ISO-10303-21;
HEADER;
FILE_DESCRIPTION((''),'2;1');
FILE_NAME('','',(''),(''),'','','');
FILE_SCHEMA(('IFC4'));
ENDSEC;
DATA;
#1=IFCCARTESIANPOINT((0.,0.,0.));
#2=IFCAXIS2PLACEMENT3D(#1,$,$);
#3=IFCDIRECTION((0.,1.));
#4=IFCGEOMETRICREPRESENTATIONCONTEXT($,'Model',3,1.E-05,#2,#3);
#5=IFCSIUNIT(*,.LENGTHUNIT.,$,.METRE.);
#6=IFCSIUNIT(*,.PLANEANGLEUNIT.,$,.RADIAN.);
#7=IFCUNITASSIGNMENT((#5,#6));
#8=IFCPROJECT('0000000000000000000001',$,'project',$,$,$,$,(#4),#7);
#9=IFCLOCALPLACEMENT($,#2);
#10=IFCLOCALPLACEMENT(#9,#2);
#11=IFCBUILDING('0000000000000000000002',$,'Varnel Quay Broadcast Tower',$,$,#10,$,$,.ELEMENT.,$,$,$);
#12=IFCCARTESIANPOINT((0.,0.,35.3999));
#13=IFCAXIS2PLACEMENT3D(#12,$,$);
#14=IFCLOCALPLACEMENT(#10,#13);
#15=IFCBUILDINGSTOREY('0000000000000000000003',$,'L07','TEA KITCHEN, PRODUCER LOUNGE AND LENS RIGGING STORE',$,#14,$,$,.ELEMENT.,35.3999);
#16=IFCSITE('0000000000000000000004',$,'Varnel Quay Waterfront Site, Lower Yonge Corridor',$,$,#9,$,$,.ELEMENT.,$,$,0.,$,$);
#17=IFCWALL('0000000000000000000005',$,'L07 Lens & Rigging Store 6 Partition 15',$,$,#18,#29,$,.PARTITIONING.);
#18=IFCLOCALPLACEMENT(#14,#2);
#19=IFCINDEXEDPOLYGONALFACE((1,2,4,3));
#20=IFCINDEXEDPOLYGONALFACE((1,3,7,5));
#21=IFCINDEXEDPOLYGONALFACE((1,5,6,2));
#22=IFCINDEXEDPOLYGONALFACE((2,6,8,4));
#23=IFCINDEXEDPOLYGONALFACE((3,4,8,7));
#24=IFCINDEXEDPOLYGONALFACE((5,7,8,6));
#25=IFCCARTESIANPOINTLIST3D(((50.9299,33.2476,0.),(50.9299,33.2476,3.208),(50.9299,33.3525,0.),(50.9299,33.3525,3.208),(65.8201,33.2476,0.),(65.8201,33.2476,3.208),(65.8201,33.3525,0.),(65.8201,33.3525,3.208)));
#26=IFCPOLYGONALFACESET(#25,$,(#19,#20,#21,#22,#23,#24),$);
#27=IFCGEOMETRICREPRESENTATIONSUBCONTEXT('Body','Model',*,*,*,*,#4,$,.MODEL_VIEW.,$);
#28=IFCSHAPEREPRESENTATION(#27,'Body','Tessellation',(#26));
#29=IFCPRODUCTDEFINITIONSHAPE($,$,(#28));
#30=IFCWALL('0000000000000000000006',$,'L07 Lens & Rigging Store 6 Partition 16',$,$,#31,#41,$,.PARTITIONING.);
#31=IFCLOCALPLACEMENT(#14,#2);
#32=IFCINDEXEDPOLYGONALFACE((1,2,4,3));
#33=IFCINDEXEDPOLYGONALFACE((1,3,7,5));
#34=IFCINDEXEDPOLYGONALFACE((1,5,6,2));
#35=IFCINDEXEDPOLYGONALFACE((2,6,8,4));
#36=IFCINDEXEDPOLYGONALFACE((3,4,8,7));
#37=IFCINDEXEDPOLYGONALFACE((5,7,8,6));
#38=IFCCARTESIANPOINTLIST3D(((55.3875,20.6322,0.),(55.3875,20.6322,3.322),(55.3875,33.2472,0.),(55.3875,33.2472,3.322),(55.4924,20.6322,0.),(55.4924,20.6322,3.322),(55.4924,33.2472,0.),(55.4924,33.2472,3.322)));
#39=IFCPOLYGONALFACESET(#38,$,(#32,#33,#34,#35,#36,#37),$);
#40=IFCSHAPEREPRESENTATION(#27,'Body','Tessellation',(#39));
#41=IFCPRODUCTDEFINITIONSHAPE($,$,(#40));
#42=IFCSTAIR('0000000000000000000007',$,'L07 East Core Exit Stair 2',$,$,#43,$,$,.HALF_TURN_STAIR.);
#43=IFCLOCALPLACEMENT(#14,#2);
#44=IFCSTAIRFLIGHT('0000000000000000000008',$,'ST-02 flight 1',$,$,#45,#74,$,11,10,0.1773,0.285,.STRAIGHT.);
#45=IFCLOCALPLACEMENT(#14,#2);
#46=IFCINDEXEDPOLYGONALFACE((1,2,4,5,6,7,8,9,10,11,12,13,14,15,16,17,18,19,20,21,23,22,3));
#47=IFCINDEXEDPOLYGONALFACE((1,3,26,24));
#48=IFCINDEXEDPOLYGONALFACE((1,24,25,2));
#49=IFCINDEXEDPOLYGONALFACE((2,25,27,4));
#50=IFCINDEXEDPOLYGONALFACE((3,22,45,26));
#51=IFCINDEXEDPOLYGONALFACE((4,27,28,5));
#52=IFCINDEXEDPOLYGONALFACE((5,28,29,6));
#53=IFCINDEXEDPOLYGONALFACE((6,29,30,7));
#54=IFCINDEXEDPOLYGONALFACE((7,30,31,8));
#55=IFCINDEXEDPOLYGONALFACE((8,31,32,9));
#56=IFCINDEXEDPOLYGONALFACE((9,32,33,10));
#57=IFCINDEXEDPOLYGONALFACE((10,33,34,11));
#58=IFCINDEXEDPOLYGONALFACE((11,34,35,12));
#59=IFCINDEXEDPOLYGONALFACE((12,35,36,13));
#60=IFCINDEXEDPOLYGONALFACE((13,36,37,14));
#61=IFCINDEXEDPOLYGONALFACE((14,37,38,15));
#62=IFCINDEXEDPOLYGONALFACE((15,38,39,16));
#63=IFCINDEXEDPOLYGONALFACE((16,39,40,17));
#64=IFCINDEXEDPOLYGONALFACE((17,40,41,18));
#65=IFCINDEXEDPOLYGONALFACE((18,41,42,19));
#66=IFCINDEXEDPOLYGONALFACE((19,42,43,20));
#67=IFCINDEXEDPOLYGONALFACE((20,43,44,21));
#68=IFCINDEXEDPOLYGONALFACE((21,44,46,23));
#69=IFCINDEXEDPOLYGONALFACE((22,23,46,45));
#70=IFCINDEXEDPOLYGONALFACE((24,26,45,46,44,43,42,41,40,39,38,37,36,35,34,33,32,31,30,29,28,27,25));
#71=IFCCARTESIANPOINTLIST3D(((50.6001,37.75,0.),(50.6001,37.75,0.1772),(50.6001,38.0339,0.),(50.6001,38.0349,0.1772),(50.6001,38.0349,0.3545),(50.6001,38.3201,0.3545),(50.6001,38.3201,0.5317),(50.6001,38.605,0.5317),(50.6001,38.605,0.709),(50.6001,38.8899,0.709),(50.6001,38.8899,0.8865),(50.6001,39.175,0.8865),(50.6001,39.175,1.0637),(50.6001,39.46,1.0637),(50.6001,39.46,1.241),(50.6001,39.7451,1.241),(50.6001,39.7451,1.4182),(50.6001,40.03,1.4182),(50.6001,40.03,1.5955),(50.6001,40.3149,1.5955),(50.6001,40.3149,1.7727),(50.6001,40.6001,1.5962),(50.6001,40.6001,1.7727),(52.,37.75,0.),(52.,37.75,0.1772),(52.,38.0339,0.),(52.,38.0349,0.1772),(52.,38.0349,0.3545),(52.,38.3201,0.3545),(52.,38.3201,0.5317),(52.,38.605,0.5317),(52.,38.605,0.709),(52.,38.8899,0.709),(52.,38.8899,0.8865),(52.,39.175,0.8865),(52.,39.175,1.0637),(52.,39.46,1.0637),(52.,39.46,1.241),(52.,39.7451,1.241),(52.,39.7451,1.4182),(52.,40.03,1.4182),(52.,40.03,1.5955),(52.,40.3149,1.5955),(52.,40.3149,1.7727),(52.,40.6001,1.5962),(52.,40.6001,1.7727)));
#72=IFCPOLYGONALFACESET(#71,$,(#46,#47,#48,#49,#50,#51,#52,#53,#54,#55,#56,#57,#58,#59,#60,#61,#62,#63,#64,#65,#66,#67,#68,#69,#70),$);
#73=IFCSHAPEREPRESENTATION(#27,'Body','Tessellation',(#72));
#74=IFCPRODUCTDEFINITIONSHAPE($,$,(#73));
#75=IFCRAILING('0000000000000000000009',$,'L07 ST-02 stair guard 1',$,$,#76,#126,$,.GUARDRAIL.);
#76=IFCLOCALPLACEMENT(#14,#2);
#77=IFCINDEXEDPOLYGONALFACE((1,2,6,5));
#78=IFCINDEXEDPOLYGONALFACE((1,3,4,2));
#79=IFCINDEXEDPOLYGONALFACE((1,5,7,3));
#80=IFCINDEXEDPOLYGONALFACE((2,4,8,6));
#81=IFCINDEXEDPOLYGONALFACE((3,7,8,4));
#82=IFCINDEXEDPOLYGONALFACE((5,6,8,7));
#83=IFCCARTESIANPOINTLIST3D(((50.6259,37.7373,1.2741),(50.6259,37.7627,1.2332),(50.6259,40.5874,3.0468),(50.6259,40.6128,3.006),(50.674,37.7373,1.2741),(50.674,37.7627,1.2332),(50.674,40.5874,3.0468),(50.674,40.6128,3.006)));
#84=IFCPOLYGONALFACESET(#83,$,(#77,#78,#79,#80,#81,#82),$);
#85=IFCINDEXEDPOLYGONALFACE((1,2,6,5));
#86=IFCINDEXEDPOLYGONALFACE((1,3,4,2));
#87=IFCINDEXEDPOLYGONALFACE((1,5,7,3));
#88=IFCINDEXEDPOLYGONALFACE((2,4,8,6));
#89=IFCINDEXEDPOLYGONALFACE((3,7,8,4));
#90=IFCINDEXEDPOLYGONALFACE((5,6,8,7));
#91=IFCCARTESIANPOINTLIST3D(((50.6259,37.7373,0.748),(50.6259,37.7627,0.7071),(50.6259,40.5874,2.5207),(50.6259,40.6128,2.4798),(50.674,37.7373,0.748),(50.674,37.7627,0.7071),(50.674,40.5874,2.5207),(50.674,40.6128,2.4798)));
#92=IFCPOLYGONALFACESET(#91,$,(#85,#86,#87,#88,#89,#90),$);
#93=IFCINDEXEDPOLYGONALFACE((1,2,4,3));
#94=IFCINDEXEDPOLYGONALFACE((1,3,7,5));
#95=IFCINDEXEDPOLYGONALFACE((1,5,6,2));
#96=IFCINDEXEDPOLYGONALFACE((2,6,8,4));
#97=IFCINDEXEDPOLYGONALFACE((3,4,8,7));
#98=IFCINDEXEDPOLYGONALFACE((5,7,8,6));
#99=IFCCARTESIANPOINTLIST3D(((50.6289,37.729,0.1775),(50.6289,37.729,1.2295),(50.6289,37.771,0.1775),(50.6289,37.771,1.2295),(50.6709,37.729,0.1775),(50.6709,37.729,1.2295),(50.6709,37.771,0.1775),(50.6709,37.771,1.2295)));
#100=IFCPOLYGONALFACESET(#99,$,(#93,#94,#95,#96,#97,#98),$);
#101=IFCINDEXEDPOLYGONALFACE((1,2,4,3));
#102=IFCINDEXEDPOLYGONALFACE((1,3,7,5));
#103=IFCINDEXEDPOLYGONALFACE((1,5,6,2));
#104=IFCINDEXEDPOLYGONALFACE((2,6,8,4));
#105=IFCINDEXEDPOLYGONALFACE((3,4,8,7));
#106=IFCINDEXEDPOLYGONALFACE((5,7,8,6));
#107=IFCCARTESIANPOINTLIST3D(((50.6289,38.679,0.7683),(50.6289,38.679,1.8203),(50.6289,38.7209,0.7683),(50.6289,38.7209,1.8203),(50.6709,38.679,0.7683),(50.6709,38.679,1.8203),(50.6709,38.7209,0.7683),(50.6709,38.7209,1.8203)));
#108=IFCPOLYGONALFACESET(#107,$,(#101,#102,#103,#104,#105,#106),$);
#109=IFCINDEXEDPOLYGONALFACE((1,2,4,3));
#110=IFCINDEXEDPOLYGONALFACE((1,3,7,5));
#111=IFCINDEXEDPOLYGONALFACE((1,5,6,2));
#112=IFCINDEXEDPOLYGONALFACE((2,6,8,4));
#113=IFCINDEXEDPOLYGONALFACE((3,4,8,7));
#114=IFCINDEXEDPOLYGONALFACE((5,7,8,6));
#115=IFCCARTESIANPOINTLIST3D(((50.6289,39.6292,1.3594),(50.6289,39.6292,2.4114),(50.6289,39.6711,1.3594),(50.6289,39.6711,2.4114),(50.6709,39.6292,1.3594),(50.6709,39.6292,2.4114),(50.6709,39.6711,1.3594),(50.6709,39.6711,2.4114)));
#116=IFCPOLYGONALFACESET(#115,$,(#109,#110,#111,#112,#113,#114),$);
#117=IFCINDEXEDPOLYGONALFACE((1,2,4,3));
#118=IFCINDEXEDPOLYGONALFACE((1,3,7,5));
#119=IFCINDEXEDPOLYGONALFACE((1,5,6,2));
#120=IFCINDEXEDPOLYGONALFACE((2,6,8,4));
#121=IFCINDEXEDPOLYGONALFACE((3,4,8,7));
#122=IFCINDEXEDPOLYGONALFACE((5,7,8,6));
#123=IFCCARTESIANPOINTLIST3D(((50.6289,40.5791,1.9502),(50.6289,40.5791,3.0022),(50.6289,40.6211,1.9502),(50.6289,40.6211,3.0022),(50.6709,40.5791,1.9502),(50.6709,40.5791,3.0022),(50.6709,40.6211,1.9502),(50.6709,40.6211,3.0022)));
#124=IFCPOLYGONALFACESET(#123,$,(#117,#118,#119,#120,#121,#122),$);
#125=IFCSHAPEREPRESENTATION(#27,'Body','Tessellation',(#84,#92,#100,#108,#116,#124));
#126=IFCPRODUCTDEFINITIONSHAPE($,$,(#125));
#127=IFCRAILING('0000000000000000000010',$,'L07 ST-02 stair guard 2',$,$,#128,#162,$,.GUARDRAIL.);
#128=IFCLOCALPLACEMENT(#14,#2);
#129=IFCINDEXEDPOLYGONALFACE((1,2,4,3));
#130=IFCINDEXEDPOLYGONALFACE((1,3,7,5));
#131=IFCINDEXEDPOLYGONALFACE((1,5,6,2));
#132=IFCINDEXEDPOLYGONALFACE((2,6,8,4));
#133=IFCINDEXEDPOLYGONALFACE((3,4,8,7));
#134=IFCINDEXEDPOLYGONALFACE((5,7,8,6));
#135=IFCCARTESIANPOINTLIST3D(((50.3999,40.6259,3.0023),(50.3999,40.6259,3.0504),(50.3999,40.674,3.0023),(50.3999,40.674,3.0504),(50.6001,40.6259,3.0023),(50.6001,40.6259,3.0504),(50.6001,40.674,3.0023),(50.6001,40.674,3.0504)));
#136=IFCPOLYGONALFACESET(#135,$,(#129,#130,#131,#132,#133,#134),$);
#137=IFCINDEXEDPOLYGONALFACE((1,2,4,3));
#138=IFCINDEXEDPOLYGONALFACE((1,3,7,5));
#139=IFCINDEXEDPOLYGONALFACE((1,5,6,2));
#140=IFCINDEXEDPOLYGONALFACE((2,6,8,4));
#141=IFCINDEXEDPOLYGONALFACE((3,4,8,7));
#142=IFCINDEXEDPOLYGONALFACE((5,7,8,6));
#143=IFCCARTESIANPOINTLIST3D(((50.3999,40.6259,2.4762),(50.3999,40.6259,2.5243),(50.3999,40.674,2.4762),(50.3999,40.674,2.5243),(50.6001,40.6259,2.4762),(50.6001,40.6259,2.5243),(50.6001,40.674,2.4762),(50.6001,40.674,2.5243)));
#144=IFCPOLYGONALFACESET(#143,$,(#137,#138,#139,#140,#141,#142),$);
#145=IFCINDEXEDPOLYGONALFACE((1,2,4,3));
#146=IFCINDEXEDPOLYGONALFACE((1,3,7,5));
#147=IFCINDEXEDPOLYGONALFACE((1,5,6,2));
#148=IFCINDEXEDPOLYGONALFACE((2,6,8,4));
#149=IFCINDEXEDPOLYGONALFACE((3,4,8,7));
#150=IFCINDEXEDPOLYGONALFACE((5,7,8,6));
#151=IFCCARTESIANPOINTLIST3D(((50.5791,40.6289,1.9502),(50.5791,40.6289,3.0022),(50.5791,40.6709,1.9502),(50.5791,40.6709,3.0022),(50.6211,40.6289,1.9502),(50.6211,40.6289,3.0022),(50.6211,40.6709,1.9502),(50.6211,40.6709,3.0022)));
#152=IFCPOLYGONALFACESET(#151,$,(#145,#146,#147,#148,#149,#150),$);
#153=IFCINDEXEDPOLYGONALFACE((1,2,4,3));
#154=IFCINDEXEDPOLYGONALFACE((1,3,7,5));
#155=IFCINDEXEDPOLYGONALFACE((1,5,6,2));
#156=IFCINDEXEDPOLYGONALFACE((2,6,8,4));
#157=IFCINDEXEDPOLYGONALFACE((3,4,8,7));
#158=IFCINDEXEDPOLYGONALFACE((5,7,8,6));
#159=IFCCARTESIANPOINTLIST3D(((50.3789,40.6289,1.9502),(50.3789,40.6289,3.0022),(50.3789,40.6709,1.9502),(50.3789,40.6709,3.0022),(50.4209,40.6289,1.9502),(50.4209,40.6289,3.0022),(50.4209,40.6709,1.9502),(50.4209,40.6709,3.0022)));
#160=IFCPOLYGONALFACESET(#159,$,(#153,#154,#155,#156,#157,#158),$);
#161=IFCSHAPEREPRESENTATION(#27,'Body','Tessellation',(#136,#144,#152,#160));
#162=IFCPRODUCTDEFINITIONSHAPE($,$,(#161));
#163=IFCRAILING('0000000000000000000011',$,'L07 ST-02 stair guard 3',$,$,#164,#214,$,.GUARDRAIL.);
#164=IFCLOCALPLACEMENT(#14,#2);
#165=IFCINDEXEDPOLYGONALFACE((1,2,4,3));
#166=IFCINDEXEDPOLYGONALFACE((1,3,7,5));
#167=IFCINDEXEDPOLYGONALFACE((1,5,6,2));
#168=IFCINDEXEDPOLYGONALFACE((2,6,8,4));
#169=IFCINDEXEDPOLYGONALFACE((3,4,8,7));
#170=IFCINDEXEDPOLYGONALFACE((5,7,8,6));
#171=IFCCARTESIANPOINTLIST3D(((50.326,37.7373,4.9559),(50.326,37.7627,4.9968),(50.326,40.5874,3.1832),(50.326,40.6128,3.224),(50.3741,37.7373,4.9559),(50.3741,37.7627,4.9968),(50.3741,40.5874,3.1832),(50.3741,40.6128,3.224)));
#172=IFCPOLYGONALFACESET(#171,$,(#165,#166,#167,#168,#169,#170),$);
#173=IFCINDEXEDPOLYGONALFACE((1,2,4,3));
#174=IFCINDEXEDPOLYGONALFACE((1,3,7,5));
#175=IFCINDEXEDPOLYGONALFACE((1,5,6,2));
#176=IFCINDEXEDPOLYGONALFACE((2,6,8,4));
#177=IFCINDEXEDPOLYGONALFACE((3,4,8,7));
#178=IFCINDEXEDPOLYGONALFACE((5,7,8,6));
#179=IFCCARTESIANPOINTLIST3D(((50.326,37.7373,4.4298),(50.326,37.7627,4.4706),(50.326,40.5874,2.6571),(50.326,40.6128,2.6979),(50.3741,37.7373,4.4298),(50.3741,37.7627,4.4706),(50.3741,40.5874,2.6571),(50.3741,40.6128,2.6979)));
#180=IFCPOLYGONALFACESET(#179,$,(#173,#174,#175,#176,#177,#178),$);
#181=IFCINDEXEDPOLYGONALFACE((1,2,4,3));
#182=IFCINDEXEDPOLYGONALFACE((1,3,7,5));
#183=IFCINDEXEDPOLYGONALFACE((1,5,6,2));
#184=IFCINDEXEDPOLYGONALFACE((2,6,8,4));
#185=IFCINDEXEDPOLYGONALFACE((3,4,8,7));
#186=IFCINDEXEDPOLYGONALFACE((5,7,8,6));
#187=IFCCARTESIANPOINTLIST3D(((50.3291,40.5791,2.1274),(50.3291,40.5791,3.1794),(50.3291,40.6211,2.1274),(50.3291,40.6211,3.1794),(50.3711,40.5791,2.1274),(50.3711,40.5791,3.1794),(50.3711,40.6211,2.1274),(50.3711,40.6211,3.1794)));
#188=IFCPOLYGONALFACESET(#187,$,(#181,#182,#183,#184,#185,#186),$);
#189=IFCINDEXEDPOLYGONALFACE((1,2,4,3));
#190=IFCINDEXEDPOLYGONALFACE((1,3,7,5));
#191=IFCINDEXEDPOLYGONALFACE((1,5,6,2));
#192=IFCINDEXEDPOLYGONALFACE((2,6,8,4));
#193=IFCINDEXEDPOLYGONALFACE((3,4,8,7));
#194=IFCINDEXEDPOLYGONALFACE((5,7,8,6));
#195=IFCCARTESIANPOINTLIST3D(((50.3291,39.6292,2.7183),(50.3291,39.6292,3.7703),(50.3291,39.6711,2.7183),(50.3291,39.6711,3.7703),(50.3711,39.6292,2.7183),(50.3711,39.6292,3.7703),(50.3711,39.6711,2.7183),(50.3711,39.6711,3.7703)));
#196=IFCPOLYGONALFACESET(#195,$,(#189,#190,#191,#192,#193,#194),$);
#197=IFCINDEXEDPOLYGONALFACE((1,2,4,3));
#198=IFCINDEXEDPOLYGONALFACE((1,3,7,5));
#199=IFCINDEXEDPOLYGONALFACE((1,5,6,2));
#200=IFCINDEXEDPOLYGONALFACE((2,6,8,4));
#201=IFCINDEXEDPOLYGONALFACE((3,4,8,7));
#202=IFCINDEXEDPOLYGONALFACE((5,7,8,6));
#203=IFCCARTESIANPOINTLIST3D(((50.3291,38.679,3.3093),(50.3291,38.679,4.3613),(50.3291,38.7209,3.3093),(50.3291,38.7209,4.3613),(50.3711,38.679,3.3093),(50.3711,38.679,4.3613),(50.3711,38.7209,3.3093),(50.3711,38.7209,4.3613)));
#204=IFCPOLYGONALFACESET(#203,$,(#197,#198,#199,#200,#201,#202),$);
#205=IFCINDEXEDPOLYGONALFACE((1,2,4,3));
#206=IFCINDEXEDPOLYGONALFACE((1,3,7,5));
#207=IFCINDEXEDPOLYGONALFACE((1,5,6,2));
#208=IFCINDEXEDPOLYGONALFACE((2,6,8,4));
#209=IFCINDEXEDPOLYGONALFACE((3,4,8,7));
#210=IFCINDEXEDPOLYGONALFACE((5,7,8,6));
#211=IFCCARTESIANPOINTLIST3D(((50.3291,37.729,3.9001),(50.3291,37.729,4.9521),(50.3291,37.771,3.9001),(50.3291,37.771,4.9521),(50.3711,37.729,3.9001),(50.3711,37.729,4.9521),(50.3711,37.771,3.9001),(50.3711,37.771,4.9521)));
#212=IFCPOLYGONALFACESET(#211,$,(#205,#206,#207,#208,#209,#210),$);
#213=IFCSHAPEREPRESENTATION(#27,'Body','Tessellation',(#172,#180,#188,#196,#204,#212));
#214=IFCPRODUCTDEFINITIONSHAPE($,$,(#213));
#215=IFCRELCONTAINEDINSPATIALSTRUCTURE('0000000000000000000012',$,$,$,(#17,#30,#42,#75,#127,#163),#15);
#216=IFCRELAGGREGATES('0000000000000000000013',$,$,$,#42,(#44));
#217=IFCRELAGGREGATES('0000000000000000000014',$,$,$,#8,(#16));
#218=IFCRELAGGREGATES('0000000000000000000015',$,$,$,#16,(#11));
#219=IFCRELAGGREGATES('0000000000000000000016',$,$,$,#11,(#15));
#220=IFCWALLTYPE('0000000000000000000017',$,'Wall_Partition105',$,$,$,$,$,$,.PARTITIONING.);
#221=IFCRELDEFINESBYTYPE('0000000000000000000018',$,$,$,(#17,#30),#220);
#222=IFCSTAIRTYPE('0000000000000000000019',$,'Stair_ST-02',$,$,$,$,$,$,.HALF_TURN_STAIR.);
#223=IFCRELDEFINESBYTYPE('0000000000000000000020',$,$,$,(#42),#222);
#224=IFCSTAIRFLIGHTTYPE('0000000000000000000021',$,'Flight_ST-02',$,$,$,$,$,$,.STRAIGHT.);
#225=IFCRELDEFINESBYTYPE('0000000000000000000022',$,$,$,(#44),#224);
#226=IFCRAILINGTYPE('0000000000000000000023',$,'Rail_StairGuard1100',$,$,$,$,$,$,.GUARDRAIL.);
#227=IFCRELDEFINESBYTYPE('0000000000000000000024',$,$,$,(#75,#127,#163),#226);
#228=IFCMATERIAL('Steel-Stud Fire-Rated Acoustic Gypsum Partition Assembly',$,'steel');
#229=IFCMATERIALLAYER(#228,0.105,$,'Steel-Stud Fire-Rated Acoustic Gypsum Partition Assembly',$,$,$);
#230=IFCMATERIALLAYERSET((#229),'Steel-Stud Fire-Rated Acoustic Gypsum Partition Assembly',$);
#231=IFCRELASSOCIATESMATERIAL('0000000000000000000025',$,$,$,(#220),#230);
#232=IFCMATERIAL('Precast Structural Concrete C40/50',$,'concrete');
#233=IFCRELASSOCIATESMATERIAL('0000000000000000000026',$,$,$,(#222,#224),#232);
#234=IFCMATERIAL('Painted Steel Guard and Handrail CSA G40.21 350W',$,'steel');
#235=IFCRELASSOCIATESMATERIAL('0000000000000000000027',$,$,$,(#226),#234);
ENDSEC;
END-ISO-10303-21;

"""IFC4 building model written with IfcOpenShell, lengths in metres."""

from ifc_helpers import new_model, si_unit, direction, frame, frame_2d, origin, origin_2d, place, context, subcontext, project, spatial, polyline, rectangle, outline, extrude, material, layer, layer_set, type_object, element, aggregate, save


model = new_model("IFC4")

# Units and contexts
model_context = context("Model", 3, precision=1e-05, world=origin(), true_north=direction((0.0, 1.0)))
body_context = subcontext(model_context, "Body", "Model", "MODEL_VIEW")
ifc_project = project(units=[si_unit("LENGTHUNIT", "METRE"), si_unit("PLANEANGLEUNIT", "RADIAN")], contexts=[model_context])

# Site, building, storey
site_placement = place(None, origin())
site = spatial("IfcSite", under=ifc_project, at=site_placement, Name="Varnel Quay Waterfront Site, Lower Yonge Corridor", CompositionType="ELEMENT", RefElevation=0.0)
building_placement = place(site_placement, origin())
building = spatial("IfcBuilding", under=site, at=building_placement, Name="Varnel Quay Broadcast Tower", CompositionType="ELEMENT")
storey_placement = place(building_placement, frame((0.0, 0.0, 35.3999)))
storey = spatial("IfcBuildingStorey", under=building, at=storey_placement, Name="L07", Description="TEA KITCHEN, PRODUCER LOUNGE AND LENS RIGGING STORE", CompositionType="ELEMENT", Elevation=35.3999)

# Walls
ifc_material_1 = material(Name="Steel-Stud Fire-Rated Acoustic Gypsum Partition Assembly", Category="steel")
ifc_layer_1 = layer(ifc_material_1, 0.105, Name="Steel-Stud Fire-Rated Acoustic Gypsum Partition Assembly")
ifc_layer_set_1 = layer_set([ifc_layer_1], Name="Steel-Stud Fire-Rated Acoustic Gypsum Partition Assembly")
wall_type_1 = type_object("IfcWallType", Name="Wall_Partition105", PredefinedType="PARTITIONING", material=ifc_layer_set_1)
wall_1_placement = place(storey_placement, frame((50.9299, 33.3, 0.0), z_axis=(0.0, 0.0, 1.0), x_axis=(1.0, 0.0, 0.0)))
element("IfcWall", 1, at=wall_1_placement, inside=storey, type_object=wall_type_1, Name="L07 Lens & Rigging Store 6 Partition 15", PredefinedType="PARTITIONING", context=body_context, shape_type="SweptSolid", body=[
    extrude(rectangle(XDim=14.8901, YDim=0.105, at=frame_2d((7.4451, 0.0))), origin(), (0.0, 0.0, 1.0), 3.208),
])
wall_2_placement = place(storey_placement, frame((55.4399, 20.6321, 0.0), z_axis=(0.0, 0.0, 1.0), x_axis=(0.0, 1.0, 0.0)))
element("IfcWall", 2, at=wall_2_placement, inside=storey, type_object=wall_type_1, Name="L07 Lens & Rigging Store 6 Partition 16", PredefinedType="PARTITIONING", context=body_context, shape_type="SweptSolid", body=[
    extrude(rectangle(XDim=12.615, YDim=0.105, at=frame_2d((6.3076, 0.0))), origin(), (0.0, 0.0, 1.0), 3.322),
])

# Stair, stair flight
ifc_material_2 = material(Name="Precast Structural Concrete C40/50", Category="concrete")
stair_type = type_object("IfcStairType", Name="Stair_ST-02", PredefinedType="HALF_TURN_STAIR", material=ifc_material_2)
stair_placement = place(storey_placement, origin())
stair = element("IfcStair", 3, at=stair_placement, inside=storey, type_object=stair_type, Name="L07 East Core Exit Stair 2", PredefinedType="HALF_TURN_STAIR")
stair_flight_type = type_object("IfcStairFlightType", Name="Flight_ST-02", PredefinedType="STRAIGHT", material=ifc_material_2)
stair_flight_placement = place(storey_placement, frame((51.3, 37.75, 0.0), z_axis=(0.0, 0.0, 1.0), x_axis=(0.0, 1.0, 0.0)))
stair_flight = element("IfcStairFlight", 4, at=stair_flight_placement, type_object=stair_flight_type, Name="ST-02 flight 1", NumberOfRisers=11, NumberOfTreads=10, PredefinedType="STRAIGHT", RiserHeight=0.1773, TreadLength=0.285, context=body_context, shape_type="SweptSolid", body=[
    extrude(outline(polyline([(0.0, 0.0), (0.0, 0.1772), (0.2849, 0.1772), (0.2849, 0.3545), (0.5701, 0.3545), (0.5701, 0.5317), (0.855, 0.5317), (0.855, 0.709), (1.1399, 0.709), (1.1399, 0.8865), (1.425, 0.8865), (1.425, 1.0637), (1.71, 1.0637), (1.71, 1.241), (1.9951, 1.241), (1.9951, 1.4182), (2.28, 1.4182), (2.28, 1.5955), (2.5649, 1.5955), (2.5649, 1.7727), (2.8501, 1.7727), (2.8501, 1.95), (2.8501, 1.5962), (0.2839, 0.0), (0.0, 0.0)])), frame((0.0, 0.7, 0.0), z_axis=(0.0, -1.0, 0.0), x_axis=(1.0, 0.0, 0.0)), (0.0, 0.0, 1.0), 1.3999),
])
aggregate(stair, [stair_flight])

# Railings
ifc_material_3 = material(Name="Painted Steel Guard and Handrail CSA G40.21 350W", Category="steel")
railing_type_1 = type_object("IfcRailingType", Name="Rail_StairGuard1100", PredefinedType="GUARDRAIL", material=ifc_material_3)
railing_1_placement = place(storey_placement, frame((50.6499, 37.75, 0.1775)))
element("IfcRailing", 5, at=railing_1_placement, inside=storey, type_object=railing_type_1, Name="L07 ST-02 stair guard 1", PredefinedType="GUARDRAIL", context=body_context, shape_type="SweptSolid", body=[
    extrude(rectangle(XDim=0.0481, YDim=0.0481, at=origin_2d()), frame((0.0, 0.0, 1.0762), z_axis=(0.0, 0.849149, 0.528154), x_axis=(-1.0, 0.0, 0.0)), (0.0, 0.0, 1.0), 3.3564),
    extrude(rectangle(XDim=0.0481, YDim=0.0481, at=origin_2d()), frame((0.0, 0.0, 0.55), z_axis=(0.0, 0.849149, 0.528154), x_axis=(-1.0, 0.0, 0.0)), (0.0, 0.0, 1.0), 3.3564),
    extrude(rectangle(XDim=0.042, YDim=0.042, at=origin_2d()), origin(), (0.0, 0.0, 1.0), 1.052),
    extrude(rectangle(XDim=0.042, YDim=0.042, at=origin_2d()), frame((0.0, 0.95, 0.5908)), (0.0, 0.0, 1.0), 1.052),
    extrude(rectangle(XDim=0.042, YDim=0.042, at=origin_2d()), frame((0.0, 1.9001, 1.1819)), (0.0, 0.0, 1.0), 1.052),
    extrude(rectangle(XDim=0.042, YDim=0.042, at=origin_2d()), frame((0.0, 2.8501, 1.7727)), (0.0, 0.0, 1.0), 1.052),
])
railing_2_placement = place(storey_placement, frame((50.6001, 40.6499, 1.9502)))
element("IfcRailing", 6, at=railing_2_placement, inside=storey, type_object=railing_type_1, Name="L07 ST-02 stair guard 2", PredefinedType="GUARDRAIL", context=body_context, shape_type="SweptSolid", body=[
    extrude(rectangle(XDim=0.0481, YDim=0.0481, at=origin_2d()), frame((0.0, 0.0, 1.0762), z_axis=(-1.0, 0.0, 0.0), x_axis=(0.0, -1.0, 0.0)), (0.0, 0.0, 1.0), 0.2002),
    extrude(rectangle(XDim=0.0481, YDim=0.0481, at=origin_2d()), frame((0.0, 0.0, 0.55), z_axis=(-1.0, 0.0, 0.0), x_axis=(0.0, -1.0, 0.0)), (0.0, 0.0, 1.0), 0.2002),
    extrude(rectangle(XDim=0.042, YDim=0.042, at=origin_2d()), origin(), (0.0, 0.0, 1.0), 1.052),
    extrude(rectangle(XDim=0.042, YDim=0.042, at=origin_2d()), frame((-0.2002, 0.0, 0.0)), (0.0, 0.0, 1.0), 1.052),
])
railing_3_placement = place(storey_placement, frame((50.3501, 40.6001, 2.1274)))
element("IfcRailing", 7, at=railing_3_placement, inside=storey, type_object=railing_type_1, Name="L07 ST-02 stair guard 3", PredefinedType="GUARDRAIL", context=body_context, shape_type="SweptSolid", body=[
    extrude(rectangle(XDim=0.0481, YDim=0.0481, at=origin_2d()), frame((0.0, 0.0, 1.0762), z_axis=(0.0, -0.849149, 0.528154), x_axis=(1.0, 0.0, 0.0)), (0.0, 0.0, 1.0), 3.3564),
    extrude(rectangle(XDim=0.0481, YDim=0.0481, at=origin_2d()), frame((0.0, 0.0, 0.55), z_axis=(0.0, -0.849149, 0.528154), x_axis=(1.0, 0.0, 0.0)), (0.0, 0.0, 1.0), 3.3564),
    extrude(rectangle(XDim=0.042, YDim=0.042, at=origin_2d()), origin(), (0.0, 0.0, 1.0), 1.052),
    extrude(rectangle(XDim=0.042, YDim=0.042, at=origin_2d()), frame((0.0, -0.95, 0.5908)), (0.0, 0.0, 1.0), 1.052),
    extrude(rectangle(XDim=0.042, YDim=0.042, at=origin_2d()), frame((0.0, -1.9001, 1.1819)), (0.0, 0.0, 1.0), 1.052),
    extrude(rectangle(XDim=0.042, YDim=0.042, at=origin_2d()), frame((0.0, -2.8501, 1.7727)), (0.0, 0.0, 1.0), 1.052),
])

save(model, "model.ifc")
